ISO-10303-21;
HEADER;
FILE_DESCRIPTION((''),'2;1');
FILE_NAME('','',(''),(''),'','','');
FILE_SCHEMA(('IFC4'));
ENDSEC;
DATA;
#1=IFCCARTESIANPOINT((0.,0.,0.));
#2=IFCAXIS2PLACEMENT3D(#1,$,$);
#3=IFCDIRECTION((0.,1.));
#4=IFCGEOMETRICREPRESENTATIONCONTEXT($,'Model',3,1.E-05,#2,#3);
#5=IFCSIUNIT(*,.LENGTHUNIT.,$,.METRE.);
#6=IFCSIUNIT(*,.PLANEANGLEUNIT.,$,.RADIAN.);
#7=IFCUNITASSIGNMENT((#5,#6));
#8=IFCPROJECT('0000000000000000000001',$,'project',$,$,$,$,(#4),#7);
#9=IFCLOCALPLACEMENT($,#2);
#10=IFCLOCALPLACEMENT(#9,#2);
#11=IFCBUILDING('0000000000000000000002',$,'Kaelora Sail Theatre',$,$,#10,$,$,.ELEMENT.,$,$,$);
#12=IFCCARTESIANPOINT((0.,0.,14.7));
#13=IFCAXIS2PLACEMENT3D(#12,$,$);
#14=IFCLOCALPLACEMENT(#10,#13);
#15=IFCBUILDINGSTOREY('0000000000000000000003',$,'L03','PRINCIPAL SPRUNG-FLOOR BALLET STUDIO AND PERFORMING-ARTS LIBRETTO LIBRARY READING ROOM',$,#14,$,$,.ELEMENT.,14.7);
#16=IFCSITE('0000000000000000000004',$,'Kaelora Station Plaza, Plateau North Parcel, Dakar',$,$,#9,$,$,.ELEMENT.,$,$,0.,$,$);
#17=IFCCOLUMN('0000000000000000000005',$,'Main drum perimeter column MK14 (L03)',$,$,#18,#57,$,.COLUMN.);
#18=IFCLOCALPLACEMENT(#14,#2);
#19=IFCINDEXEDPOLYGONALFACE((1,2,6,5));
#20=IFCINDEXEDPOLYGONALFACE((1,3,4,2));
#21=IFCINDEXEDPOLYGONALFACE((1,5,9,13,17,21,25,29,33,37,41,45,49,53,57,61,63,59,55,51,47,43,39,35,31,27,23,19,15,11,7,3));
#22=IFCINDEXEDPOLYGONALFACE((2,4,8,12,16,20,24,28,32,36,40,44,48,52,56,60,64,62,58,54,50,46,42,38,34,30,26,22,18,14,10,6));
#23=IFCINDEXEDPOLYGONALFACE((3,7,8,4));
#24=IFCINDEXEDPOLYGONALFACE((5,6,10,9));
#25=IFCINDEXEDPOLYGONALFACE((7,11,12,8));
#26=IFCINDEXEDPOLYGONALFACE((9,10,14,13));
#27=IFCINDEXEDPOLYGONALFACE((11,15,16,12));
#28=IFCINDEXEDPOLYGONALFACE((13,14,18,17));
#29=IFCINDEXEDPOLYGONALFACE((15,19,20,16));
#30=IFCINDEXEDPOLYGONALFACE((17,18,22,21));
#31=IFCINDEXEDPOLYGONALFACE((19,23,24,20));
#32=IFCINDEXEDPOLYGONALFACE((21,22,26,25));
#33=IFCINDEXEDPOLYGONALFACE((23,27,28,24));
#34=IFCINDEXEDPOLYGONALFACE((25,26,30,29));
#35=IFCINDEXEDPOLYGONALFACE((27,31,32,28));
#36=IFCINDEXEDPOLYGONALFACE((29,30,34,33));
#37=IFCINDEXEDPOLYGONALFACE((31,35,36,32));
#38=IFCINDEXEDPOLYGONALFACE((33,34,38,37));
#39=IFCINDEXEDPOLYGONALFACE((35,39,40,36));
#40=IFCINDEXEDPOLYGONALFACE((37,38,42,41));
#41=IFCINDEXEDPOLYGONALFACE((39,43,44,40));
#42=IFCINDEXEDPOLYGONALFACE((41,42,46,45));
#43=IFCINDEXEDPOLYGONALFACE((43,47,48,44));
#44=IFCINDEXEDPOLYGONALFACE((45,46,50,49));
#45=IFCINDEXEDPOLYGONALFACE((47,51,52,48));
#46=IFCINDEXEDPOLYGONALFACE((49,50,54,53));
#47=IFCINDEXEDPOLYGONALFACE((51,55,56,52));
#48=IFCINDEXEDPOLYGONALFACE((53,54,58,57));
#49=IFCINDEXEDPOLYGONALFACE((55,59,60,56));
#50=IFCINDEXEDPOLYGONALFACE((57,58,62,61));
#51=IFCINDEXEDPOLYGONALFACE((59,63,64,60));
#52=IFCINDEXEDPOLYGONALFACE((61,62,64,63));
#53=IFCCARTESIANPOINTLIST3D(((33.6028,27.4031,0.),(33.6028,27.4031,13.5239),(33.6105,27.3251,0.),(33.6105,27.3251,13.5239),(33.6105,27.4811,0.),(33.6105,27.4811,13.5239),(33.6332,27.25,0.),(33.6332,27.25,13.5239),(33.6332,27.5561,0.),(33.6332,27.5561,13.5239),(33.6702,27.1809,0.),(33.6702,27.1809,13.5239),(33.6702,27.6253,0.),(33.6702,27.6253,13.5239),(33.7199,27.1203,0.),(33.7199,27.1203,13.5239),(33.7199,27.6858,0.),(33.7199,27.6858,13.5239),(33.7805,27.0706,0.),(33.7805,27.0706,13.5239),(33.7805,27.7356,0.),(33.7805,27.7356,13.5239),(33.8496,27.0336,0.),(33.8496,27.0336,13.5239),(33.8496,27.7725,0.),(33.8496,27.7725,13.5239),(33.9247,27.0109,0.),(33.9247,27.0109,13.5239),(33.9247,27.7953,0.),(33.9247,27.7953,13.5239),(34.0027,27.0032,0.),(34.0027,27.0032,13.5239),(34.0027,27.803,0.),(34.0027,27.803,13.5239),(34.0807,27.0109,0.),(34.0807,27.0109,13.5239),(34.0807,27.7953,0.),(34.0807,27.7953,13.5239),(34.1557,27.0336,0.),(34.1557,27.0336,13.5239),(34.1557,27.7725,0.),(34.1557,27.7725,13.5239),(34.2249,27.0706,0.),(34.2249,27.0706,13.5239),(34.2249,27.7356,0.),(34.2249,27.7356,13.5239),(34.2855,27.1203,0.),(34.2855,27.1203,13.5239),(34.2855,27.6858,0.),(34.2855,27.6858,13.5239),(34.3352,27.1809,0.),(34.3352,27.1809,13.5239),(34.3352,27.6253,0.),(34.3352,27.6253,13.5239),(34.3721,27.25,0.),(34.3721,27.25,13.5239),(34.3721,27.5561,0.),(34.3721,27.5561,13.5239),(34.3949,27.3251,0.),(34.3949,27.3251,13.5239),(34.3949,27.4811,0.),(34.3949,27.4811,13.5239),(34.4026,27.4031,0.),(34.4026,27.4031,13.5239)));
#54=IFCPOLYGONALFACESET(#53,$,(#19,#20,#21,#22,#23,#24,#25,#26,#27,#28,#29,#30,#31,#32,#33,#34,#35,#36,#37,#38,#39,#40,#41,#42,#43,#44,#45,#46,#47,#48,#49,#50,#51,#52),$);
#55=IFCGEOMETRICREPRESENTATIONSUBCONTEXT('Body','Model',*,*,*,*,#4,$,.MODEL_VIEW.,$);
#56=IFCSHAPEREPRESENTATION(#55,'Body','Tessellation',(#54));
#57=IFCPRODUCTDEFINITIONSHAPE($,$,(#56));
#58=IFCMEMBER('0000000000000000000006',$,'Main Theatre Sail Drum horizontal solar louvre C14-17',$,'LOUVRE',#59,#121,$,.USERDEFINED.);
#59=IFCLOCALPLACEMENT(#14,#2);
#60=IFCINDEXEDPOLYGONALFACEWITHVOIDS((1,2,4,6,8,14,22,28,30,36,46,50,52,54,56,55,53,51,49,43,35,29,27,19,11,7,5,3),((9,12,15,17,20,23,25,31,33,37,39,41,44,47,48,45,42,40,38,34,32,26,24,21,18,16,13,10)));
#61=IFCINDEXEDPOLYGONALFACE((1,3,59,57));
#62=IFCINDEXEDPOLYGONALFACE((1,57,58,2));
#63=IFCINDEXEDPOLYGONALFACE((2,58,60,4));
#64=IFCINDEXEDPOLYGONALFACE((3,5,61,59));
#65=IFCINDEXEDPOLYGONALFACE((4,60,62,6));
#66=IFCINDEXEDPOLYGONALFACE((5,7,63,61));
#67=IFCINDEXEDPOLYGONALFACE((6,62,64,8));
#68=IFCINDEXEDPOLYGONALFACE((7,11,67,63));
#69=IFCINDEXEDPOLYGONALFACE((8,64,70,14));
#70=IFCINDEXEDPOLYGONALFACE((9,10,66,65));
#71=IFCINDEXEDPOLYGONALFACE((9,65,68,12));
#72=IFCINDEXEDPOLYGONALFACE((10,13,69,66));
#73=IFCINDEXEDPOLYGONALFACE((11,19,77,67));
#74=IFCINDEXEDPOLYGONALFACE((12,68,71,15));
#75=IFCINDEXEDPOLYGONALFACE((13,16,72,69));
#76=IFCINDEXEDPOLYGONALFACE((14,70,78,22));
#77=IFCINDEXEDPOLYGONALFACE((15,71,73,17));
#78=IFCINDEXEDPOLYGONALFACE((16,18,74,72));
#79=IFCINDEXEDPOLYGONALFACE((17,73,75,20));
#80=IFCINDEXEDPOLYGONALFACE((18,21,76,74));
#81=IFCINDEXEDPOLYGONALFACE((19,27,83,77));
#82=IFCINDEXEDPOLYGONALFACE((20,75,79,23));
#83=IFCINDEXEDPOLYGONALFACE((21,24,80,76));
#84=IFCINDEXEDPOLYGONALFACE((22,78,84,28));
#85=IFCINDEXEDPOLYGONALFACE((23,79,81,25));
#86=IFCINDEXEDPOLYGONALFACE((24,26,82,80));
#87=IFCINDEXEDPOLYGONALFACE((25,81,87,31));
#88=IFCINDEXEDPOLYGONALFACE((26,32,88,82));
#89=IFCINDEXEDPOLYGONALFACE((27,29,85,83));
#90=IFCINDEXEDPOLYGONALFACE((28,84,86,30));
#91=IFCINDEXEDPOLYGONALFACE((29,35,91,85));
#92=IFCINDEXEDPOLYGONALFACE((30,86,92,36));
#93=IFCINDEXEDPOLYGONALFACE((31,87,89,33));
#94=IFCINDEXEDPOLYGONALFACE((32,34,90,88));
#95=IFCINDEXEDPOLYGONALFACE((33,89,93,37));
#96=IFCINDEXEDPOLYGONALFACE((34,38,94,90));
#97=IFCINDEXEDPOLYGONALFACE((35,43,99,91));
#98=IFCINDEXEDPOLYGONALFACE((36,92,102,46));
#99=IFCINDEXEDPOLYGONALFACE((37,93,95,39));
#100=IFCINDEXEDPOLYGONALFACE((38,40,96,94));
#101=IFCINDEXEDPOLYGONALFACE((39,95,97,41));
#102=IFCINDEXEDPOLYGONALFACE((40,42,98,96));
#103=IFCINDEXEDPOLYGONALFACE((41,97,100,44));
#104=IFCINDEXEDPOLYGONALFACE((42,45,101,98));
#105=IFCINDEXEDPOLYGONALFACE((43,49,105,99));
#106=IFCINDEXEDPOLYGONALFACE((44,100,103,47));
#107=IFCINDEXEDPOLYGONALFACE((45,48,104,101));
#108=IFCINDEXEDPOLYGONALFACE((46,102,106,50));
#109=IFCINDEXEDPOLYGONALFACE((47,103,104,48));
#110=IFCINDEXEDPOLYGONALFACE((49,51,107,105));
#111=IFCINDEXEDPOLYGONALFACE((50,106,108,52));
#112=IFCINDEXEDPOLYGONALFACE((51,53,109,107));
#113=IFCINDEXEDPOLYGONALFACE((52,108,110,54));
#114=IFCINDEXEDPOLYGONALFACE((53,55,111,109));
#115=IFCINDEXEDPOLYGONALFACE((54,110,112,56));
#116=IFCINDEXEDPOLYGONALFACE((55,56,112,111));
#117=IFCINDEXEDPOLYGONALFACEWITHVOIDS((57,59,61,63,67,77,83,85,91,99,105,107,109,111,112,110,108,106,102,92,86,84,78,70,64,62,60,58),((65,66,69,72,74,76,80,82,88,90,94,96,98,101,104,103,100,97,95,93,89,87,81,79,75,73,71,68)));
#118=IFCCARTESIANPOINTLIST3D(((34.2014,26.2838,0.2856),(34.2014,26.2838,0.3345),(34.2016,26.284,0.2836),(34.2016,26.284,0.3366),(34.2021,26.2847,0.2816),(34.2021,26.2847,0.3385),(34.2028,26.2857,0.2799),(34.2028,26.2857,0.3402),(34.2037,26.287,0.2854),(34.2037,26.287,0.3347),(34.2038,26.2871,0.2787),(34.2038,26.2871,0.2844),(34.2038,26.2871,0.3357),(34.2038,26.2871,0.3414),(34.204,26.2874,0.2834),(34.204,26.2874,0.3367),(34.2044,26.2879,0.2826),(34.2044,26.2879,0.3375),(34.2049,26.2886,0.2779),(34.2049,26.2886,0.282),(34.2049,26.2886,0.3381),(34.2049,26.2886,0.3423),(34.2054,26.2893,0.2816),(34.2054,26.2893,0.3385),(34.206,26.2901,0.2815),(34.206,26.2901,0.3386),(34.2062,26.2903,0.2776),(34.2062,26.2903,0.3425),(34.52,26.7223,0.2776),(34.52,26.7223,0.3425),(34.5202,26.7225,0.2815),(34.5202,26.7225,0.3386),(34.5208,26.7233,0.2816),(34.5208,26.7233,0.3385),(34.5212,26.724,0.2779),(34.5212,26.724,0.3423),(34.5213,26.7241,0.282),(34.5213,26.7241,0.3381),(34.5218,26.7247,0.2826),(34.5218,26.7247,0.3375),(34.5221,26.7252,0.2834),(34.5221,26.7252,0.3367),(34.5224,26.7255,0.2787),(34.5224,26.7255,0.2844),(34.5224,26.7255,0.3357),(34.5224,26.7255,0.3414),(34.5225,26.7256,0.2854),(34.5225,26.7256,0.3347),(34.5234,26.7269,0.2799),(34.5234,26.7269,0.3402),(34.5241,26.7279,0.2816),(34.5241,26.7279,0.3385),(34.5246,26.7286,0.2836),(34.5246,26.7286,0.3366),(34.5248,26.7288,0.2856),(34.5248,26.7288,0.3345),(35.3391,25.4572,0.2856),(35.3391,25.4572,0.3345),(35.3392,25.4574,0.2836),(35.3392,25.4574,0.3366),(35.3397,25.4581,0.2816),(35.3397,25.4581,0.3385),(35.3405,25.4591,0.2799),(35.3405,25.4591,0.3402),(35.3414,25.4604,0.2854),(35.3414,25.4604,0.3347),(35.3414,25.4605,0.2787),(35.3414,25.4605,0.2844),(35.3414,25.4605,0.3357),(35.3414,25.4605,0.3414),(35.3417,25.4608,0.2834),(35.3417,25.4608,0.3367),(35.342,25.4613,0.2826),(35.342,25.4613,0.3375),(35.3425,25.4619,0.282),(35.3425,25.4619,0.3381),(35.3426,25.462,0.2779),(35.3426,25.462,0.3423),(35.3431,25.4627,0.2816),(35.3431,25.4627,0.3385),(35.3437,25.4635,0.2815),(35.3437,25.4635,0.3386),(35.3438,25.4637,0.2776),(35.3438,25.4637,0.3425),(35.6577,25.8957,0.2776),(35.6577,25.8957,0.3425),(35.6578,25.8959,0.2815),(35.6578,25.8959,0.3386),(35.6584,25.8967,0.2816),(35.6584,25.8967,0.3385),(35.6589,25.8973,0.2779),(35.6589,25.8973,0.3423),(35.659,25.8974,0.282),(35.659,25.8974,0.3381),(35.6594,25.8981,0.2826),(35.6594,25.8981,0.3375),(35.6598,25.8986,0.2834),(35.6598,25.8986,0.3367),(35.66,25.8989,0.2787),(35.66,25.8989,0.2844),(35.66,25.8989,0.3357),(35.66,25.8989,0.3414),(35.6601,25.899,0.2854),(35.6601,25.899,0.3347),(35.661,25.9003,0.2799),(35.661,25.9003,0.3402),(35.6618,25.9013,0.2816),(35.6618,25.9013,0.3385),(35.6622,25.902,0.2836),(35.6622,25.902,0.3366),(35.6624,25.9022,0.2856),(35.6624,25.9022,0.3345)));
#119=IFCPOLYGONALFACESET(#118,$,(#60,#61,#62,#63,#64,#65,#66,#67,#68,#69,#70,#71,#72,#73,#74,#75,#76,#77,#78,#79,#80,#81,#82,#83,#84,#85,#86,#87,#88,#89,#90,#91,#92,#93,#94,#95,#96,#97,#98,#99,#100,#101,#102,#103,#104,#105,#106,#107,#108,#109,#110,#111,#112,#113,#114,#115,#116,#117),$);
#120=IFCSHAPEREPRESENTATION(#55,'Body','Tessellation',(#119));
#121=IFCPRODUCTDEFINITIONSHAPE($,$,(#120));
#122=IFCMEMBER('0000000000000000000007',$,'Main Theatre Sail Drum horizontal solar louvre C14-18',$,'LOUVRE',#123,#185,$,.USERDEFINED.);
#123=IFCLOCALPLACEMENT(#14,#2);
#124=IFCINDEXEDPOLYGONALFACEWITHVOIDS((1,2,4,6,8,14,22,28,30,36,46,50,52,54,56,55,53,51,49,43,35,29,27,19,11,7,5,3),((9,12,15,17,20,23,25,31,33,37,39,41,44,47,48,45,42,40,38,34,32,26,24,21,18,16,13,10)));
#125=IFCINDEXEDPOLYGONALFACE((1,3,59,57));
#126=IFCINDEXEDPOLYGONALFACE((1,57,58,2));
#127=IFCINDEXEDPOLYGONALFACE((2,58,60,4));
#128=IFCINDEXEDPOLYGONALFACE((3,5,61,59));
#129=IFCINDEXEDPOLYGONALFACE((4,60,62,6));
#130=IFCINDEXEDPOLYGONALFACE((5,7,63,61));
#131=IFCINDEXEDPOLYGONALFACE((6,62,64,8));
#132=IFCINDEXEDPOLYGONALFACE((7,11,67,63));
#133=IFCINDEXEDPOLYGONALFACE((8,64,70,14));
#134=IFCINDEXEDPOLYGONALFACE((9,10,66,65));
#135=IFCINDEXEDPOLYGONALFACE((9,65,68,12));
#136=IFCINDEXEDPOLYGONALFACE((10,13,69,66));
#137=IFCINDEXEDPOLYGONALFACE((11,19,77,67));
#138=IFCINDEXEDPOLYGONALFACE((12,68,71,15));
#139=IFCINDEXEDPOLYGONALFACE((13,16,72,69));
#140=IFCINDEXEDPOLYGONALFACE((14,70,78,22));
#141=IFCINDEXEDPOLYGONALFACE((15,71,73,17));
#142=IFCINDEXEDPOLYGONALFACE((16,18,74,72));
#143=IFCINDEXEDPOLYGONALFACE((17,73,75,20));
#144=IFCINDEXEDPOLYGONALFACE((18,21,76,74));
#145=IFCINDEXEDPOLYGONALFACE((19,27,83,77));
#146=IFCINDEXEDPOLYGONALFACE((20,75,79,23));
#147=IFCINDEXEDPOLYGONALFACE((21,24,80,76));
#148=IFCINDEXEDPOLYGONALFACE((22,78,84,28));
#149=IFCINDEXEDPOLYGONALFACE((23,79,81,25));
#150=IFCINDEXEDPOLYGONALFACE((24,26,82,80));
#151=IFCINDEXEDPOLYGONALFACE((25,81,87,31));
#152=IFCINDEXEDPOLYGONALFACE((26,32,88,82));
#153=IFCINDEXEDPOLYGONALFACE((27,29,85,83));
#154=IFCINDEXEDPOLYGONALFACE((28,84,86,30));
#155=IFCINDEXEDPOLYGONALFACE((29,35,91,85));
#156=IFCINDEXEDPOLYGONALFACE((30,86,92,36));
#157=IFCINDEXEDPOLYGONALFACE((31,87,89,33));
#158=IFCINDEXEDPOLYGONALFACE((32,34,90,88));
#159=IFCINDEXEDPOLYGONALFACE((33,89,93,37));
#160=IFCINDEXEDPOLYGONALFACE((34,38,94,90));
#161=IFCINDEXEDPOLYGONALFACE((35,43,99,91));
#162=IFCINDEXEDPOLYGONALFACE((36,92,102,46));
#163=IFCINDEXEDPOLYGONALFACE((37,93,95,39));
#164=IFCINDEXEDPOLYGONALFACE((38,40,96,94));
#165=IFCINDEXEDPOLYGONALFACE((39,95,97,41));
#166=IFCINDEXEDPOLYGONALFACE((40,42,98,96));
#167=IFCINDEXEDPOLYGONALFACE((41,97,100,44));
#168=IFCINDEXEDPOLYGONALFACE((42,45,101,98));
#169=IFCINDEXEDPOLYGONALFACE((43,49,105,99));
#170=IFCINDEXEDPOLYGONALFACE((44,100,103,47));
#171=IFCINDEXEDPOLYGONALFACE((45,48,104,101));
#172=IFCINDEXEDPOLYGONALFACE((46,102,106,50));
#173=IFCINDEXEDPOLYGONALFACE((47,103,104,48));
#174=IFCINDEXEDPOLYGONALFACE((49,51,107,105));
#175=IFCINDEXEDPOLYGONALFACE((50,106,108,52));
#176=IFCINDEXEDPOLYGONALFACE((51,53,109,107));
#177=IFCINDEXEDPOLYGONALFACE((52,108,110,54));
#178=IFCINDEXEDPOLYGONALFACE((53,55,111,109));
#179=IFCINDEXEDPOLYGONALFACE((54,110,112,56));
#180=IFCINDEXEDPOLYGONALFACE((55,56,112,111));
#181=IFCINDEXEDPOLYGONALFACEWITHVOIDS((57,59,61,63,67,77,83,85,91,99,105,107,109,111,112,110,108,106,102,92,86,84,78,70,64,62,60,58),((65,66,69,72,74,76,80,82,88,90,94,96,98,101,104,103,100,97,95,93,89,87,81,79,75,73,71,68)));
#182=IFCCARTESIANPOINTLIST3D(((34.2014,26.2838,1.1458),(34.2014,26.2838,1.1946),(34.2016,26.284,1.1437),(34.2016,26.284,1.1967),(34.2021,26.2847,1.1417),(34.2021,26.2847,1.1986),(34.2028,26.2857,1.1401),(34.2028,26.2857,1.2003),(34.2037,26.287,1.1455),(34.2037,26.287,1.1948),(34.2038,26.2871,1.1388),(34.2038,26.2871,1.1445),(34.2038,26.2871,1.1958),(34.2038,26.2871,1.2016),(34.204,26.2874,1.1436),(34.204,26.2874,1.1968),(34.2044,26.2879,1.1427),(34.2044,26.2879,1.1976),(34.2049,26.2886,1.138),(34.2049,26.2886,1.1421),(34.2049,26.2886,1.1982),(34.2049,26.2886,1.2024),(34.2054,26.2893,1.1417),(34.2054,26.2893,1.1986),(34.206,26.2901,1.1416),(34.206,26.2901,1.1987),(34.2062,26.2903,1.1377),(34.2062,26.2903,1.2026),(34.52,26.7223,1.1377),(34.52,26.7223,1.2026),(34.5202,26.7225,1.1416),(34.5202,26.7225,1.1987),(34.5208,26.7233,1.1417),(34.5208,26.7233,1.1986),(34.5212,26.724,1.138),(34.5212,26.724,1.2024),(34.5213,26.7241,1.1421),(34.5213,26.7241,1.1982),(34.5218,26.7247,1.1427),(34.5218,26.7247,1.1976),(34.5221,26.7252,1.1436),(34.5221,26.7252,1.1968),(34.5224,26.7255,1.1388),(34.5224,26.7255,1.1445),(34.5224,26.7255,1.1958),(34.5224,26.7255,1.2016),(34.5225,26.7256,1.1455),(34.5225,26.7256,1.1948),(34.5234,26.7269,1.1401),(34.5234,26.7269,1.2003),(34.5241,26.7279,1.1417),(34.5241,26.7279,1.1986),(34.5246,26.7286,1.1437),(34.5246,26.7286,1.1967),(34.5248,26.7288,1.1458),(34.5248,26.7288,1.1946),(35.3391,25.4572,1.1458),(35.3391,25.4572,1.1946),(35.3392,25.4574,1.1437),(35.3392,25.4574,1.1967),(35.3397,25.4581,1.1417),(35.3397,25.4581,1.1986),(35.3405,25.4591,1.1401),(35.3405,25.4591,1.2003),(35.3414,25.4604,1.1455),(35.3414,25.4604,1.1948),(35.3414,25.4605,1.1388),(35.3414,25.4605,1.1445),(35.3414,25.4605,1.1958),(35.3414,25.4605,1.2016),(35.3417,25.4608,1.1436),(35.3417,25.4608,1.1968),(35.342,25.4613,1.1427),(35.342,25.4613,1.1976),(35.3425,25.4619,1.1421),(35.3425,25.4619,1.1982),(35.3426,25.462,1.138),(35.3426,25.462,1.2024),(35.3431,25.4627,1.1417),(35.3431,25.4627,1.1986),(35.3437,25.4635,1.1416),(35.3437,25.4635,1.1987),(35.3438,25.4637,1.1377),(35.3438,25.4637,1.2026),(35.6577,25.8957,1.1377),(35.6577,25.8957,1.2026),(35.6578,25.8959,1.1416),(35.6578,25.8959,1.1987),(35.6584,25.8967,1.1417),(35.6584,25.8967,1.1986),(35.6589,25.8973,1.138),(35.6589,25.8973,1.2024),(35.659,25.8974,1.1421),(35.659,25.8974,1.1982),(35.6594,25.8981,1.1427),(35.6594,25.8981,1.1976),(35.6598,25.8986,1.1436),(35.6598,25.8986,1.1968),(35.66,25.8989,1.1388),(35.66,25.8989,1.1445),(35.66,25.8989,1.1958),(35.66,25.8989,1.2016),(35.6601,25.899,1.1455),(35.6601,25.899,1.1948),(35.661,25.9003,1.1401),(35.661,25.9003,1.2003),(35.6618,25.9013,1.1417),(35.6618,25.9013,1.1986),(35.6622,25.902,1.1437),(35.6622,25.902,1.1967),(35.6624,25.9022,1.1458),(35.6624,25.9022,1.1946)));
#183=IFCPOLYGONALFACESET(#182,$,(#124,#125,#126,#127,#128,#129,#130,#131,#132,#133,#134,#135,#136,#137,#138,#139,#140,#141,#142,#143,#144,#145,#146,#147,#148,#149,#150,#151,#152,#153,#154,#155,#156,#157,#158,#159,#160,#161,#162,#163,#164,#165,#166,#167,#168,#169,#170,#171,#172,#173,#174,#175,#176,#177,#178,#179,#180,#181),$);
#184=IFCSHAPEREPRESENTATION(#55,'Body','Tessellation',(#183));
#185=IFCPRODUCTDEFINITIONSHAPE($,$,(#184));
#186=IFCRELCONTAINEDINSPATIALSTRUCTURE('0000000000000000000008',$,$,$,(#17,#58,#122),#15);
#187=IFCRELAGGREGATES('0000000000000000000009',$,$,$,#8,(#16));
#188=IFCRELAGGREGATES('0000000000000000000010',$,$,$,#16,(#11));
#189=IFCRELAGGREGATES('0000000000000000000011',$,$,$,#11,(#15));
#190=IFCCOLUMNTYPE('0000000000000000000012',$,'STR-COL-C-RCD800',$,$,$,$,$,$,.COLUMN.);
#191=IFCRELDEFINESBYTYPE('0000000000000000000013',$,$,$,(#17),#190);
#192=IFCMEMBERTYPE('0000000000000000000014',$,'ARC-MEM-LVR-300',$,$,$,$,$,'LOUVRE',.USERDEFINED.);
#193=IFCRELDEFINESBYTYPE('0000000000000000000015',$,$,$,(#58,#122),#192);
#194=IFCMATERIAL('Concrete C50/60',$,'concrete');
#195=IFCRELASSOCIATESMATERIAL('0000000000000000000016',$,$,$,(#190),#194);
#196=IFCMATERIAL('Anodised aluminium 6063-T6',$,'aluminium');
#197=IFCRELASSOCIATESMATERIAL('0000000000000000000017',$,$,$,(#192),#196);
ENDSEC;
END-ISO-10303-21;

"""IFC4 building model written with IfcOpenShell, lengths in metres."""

from ifc_helpers import new_model, si_unit, direction, frame, origin, origin_2d, place, context, subcontext, project, spatial, hollow_rectangle, circle, extrude, material, material_profile, profile_set, type_object, element, save


model = new_model("IFC4")

# Units and contexts
model_context = context("Model", 3, precision=1e-05, world=origin(), true_north=direction((0.0, 1.0)))
body_context = subcontext(model_context, "Body", "Model", "MODEL_VIEW")
ifc_project = project(units=[si_unit("LENGTHUNIT", "METRE"), si_unit("PLANEANGLEUNIT", "RADIAN")], contexts=[model_context])

# Site, building, storey
site_placement = place(None, origin())
site = spatial("IfcSite", under=ifc_project, at=site_placement, Name="Kaelora Station Plaza, Plateau North Parcel, Dakar", CompositionType="ELEMENT", RefElevation=0.0)
building_placement = place(site_placement, origin())
building = spatial("IfcBuilding", under=site, at=building_placement, Name="Kaelora Sail Theatre", CompositionType="ELEMENT")
storey_placement = place(building_placement, frame((0.0, 0.0, 14.7)))
storey = spatial("IfcBuildingStorey", under=building, at=storey_placement, Name="L03", Description="PRINCIPAL SPRUNG-FLOOR BALLET STUDIO AND PERFORMING-ARTS LIBRETTO LIBRARY READING ROOM", CompositionType="ELEMENT", Elevation=14.7)

# Column
ifc_material_1 = material(Name="Concrete C50/60", Category="concrete")
ifc_material_profile_1 = material_profile(ifc_material_1, circle(Radius=0.3999, at=origin_2d()), Name="RC-CCOL D800")
ifc_profile_set_1 = profile_set([ifc_material_profile_1], Name="Concrete C50/60")
column_type = type_object("IfcColumnType", Name="STR-COL-C-RCD800", PredefinedType="COLUMN", material=ifc_profile_set_1)
column_placement = place(storey_placement, frame((34.0027, 27.4031, 0.0), z_axis=(0.0, 0.0, 1.0), x_axis=(1.0, 0.0, 0.0)))
element("IfcColumn", 1, at=column_placement, inside=storey, type_object=column_type, Name="Main drum perimeter column MK14 (L03)", PredefinedType="COLUMN", context=body_context, shape_type="SweptSolid", body=[
    extrude(circle(Radius=0.3999, at=origin_2d()), origin(), (0.0, 0.0, 1.0), 13.5239),
])

# Members
ifc_material_2 = material(Name="Anodised aluminium 6063-T6", Category="aluminium")
ifc_material_profile_2 = material_profile(ifc_material_2, hollow_rectangle(XDim=0.55, YDim=0.0649, WallThickness=0.0039, InnerFilletRadius=0.0039, OuterFilletRadius=0.0081, at=origin_2d()), Name="LOUVRE 550x65x4")
ifc_profile_set_2 = profile_set([ifc_material_profile_2], Name="Anodised aluminium 6063-T6")
member_type = type_object("IfcMemberType", Name="ARC-MEM-LVR-300", ElementType="LOUVRE", PredefinedType="USERDEFINED", material=ifc_profile_set_2)
for number, where, z_axis, x_axis, name in (
    (2, (35.5007, 25.6797, 0.3101), (-0.808991, 0.587821, 0.0), (-0.587821, -0.808991, 0.0), "Main Theatre Sail Drum horizontal solar louvre C14-17"),
    (3, (35.5007, 25.6797, 1.1702), (-0.808991, 0.587821, 0.0), (-0.587821, -0.808991, 0.0), "Main Theatre Sail Drum horizontal solar louvre C14-18"),
):
    element("IfcMember", number, at=place(storey_placement, frame(where, z_axis=z_axis, x_axis=x_axis)), inside=storey, type_object=member_type, Name=name, ObjectType="LOUVRE", PredefinedType="USERDEFINED", context=body_context, shape_type="SweptSolid", body=[
        extrude(hollow_rectangle(XDim=0.55, YDim=0.0649, WallThickness=0.0039, InnerFilletRadius=0.0039, OuterFilletRadius=0.0081, at=origin_2d()), origin(), (0.0, 0.0, 1.0), 1.4062),
    ])

save(model, "model.ifc")
